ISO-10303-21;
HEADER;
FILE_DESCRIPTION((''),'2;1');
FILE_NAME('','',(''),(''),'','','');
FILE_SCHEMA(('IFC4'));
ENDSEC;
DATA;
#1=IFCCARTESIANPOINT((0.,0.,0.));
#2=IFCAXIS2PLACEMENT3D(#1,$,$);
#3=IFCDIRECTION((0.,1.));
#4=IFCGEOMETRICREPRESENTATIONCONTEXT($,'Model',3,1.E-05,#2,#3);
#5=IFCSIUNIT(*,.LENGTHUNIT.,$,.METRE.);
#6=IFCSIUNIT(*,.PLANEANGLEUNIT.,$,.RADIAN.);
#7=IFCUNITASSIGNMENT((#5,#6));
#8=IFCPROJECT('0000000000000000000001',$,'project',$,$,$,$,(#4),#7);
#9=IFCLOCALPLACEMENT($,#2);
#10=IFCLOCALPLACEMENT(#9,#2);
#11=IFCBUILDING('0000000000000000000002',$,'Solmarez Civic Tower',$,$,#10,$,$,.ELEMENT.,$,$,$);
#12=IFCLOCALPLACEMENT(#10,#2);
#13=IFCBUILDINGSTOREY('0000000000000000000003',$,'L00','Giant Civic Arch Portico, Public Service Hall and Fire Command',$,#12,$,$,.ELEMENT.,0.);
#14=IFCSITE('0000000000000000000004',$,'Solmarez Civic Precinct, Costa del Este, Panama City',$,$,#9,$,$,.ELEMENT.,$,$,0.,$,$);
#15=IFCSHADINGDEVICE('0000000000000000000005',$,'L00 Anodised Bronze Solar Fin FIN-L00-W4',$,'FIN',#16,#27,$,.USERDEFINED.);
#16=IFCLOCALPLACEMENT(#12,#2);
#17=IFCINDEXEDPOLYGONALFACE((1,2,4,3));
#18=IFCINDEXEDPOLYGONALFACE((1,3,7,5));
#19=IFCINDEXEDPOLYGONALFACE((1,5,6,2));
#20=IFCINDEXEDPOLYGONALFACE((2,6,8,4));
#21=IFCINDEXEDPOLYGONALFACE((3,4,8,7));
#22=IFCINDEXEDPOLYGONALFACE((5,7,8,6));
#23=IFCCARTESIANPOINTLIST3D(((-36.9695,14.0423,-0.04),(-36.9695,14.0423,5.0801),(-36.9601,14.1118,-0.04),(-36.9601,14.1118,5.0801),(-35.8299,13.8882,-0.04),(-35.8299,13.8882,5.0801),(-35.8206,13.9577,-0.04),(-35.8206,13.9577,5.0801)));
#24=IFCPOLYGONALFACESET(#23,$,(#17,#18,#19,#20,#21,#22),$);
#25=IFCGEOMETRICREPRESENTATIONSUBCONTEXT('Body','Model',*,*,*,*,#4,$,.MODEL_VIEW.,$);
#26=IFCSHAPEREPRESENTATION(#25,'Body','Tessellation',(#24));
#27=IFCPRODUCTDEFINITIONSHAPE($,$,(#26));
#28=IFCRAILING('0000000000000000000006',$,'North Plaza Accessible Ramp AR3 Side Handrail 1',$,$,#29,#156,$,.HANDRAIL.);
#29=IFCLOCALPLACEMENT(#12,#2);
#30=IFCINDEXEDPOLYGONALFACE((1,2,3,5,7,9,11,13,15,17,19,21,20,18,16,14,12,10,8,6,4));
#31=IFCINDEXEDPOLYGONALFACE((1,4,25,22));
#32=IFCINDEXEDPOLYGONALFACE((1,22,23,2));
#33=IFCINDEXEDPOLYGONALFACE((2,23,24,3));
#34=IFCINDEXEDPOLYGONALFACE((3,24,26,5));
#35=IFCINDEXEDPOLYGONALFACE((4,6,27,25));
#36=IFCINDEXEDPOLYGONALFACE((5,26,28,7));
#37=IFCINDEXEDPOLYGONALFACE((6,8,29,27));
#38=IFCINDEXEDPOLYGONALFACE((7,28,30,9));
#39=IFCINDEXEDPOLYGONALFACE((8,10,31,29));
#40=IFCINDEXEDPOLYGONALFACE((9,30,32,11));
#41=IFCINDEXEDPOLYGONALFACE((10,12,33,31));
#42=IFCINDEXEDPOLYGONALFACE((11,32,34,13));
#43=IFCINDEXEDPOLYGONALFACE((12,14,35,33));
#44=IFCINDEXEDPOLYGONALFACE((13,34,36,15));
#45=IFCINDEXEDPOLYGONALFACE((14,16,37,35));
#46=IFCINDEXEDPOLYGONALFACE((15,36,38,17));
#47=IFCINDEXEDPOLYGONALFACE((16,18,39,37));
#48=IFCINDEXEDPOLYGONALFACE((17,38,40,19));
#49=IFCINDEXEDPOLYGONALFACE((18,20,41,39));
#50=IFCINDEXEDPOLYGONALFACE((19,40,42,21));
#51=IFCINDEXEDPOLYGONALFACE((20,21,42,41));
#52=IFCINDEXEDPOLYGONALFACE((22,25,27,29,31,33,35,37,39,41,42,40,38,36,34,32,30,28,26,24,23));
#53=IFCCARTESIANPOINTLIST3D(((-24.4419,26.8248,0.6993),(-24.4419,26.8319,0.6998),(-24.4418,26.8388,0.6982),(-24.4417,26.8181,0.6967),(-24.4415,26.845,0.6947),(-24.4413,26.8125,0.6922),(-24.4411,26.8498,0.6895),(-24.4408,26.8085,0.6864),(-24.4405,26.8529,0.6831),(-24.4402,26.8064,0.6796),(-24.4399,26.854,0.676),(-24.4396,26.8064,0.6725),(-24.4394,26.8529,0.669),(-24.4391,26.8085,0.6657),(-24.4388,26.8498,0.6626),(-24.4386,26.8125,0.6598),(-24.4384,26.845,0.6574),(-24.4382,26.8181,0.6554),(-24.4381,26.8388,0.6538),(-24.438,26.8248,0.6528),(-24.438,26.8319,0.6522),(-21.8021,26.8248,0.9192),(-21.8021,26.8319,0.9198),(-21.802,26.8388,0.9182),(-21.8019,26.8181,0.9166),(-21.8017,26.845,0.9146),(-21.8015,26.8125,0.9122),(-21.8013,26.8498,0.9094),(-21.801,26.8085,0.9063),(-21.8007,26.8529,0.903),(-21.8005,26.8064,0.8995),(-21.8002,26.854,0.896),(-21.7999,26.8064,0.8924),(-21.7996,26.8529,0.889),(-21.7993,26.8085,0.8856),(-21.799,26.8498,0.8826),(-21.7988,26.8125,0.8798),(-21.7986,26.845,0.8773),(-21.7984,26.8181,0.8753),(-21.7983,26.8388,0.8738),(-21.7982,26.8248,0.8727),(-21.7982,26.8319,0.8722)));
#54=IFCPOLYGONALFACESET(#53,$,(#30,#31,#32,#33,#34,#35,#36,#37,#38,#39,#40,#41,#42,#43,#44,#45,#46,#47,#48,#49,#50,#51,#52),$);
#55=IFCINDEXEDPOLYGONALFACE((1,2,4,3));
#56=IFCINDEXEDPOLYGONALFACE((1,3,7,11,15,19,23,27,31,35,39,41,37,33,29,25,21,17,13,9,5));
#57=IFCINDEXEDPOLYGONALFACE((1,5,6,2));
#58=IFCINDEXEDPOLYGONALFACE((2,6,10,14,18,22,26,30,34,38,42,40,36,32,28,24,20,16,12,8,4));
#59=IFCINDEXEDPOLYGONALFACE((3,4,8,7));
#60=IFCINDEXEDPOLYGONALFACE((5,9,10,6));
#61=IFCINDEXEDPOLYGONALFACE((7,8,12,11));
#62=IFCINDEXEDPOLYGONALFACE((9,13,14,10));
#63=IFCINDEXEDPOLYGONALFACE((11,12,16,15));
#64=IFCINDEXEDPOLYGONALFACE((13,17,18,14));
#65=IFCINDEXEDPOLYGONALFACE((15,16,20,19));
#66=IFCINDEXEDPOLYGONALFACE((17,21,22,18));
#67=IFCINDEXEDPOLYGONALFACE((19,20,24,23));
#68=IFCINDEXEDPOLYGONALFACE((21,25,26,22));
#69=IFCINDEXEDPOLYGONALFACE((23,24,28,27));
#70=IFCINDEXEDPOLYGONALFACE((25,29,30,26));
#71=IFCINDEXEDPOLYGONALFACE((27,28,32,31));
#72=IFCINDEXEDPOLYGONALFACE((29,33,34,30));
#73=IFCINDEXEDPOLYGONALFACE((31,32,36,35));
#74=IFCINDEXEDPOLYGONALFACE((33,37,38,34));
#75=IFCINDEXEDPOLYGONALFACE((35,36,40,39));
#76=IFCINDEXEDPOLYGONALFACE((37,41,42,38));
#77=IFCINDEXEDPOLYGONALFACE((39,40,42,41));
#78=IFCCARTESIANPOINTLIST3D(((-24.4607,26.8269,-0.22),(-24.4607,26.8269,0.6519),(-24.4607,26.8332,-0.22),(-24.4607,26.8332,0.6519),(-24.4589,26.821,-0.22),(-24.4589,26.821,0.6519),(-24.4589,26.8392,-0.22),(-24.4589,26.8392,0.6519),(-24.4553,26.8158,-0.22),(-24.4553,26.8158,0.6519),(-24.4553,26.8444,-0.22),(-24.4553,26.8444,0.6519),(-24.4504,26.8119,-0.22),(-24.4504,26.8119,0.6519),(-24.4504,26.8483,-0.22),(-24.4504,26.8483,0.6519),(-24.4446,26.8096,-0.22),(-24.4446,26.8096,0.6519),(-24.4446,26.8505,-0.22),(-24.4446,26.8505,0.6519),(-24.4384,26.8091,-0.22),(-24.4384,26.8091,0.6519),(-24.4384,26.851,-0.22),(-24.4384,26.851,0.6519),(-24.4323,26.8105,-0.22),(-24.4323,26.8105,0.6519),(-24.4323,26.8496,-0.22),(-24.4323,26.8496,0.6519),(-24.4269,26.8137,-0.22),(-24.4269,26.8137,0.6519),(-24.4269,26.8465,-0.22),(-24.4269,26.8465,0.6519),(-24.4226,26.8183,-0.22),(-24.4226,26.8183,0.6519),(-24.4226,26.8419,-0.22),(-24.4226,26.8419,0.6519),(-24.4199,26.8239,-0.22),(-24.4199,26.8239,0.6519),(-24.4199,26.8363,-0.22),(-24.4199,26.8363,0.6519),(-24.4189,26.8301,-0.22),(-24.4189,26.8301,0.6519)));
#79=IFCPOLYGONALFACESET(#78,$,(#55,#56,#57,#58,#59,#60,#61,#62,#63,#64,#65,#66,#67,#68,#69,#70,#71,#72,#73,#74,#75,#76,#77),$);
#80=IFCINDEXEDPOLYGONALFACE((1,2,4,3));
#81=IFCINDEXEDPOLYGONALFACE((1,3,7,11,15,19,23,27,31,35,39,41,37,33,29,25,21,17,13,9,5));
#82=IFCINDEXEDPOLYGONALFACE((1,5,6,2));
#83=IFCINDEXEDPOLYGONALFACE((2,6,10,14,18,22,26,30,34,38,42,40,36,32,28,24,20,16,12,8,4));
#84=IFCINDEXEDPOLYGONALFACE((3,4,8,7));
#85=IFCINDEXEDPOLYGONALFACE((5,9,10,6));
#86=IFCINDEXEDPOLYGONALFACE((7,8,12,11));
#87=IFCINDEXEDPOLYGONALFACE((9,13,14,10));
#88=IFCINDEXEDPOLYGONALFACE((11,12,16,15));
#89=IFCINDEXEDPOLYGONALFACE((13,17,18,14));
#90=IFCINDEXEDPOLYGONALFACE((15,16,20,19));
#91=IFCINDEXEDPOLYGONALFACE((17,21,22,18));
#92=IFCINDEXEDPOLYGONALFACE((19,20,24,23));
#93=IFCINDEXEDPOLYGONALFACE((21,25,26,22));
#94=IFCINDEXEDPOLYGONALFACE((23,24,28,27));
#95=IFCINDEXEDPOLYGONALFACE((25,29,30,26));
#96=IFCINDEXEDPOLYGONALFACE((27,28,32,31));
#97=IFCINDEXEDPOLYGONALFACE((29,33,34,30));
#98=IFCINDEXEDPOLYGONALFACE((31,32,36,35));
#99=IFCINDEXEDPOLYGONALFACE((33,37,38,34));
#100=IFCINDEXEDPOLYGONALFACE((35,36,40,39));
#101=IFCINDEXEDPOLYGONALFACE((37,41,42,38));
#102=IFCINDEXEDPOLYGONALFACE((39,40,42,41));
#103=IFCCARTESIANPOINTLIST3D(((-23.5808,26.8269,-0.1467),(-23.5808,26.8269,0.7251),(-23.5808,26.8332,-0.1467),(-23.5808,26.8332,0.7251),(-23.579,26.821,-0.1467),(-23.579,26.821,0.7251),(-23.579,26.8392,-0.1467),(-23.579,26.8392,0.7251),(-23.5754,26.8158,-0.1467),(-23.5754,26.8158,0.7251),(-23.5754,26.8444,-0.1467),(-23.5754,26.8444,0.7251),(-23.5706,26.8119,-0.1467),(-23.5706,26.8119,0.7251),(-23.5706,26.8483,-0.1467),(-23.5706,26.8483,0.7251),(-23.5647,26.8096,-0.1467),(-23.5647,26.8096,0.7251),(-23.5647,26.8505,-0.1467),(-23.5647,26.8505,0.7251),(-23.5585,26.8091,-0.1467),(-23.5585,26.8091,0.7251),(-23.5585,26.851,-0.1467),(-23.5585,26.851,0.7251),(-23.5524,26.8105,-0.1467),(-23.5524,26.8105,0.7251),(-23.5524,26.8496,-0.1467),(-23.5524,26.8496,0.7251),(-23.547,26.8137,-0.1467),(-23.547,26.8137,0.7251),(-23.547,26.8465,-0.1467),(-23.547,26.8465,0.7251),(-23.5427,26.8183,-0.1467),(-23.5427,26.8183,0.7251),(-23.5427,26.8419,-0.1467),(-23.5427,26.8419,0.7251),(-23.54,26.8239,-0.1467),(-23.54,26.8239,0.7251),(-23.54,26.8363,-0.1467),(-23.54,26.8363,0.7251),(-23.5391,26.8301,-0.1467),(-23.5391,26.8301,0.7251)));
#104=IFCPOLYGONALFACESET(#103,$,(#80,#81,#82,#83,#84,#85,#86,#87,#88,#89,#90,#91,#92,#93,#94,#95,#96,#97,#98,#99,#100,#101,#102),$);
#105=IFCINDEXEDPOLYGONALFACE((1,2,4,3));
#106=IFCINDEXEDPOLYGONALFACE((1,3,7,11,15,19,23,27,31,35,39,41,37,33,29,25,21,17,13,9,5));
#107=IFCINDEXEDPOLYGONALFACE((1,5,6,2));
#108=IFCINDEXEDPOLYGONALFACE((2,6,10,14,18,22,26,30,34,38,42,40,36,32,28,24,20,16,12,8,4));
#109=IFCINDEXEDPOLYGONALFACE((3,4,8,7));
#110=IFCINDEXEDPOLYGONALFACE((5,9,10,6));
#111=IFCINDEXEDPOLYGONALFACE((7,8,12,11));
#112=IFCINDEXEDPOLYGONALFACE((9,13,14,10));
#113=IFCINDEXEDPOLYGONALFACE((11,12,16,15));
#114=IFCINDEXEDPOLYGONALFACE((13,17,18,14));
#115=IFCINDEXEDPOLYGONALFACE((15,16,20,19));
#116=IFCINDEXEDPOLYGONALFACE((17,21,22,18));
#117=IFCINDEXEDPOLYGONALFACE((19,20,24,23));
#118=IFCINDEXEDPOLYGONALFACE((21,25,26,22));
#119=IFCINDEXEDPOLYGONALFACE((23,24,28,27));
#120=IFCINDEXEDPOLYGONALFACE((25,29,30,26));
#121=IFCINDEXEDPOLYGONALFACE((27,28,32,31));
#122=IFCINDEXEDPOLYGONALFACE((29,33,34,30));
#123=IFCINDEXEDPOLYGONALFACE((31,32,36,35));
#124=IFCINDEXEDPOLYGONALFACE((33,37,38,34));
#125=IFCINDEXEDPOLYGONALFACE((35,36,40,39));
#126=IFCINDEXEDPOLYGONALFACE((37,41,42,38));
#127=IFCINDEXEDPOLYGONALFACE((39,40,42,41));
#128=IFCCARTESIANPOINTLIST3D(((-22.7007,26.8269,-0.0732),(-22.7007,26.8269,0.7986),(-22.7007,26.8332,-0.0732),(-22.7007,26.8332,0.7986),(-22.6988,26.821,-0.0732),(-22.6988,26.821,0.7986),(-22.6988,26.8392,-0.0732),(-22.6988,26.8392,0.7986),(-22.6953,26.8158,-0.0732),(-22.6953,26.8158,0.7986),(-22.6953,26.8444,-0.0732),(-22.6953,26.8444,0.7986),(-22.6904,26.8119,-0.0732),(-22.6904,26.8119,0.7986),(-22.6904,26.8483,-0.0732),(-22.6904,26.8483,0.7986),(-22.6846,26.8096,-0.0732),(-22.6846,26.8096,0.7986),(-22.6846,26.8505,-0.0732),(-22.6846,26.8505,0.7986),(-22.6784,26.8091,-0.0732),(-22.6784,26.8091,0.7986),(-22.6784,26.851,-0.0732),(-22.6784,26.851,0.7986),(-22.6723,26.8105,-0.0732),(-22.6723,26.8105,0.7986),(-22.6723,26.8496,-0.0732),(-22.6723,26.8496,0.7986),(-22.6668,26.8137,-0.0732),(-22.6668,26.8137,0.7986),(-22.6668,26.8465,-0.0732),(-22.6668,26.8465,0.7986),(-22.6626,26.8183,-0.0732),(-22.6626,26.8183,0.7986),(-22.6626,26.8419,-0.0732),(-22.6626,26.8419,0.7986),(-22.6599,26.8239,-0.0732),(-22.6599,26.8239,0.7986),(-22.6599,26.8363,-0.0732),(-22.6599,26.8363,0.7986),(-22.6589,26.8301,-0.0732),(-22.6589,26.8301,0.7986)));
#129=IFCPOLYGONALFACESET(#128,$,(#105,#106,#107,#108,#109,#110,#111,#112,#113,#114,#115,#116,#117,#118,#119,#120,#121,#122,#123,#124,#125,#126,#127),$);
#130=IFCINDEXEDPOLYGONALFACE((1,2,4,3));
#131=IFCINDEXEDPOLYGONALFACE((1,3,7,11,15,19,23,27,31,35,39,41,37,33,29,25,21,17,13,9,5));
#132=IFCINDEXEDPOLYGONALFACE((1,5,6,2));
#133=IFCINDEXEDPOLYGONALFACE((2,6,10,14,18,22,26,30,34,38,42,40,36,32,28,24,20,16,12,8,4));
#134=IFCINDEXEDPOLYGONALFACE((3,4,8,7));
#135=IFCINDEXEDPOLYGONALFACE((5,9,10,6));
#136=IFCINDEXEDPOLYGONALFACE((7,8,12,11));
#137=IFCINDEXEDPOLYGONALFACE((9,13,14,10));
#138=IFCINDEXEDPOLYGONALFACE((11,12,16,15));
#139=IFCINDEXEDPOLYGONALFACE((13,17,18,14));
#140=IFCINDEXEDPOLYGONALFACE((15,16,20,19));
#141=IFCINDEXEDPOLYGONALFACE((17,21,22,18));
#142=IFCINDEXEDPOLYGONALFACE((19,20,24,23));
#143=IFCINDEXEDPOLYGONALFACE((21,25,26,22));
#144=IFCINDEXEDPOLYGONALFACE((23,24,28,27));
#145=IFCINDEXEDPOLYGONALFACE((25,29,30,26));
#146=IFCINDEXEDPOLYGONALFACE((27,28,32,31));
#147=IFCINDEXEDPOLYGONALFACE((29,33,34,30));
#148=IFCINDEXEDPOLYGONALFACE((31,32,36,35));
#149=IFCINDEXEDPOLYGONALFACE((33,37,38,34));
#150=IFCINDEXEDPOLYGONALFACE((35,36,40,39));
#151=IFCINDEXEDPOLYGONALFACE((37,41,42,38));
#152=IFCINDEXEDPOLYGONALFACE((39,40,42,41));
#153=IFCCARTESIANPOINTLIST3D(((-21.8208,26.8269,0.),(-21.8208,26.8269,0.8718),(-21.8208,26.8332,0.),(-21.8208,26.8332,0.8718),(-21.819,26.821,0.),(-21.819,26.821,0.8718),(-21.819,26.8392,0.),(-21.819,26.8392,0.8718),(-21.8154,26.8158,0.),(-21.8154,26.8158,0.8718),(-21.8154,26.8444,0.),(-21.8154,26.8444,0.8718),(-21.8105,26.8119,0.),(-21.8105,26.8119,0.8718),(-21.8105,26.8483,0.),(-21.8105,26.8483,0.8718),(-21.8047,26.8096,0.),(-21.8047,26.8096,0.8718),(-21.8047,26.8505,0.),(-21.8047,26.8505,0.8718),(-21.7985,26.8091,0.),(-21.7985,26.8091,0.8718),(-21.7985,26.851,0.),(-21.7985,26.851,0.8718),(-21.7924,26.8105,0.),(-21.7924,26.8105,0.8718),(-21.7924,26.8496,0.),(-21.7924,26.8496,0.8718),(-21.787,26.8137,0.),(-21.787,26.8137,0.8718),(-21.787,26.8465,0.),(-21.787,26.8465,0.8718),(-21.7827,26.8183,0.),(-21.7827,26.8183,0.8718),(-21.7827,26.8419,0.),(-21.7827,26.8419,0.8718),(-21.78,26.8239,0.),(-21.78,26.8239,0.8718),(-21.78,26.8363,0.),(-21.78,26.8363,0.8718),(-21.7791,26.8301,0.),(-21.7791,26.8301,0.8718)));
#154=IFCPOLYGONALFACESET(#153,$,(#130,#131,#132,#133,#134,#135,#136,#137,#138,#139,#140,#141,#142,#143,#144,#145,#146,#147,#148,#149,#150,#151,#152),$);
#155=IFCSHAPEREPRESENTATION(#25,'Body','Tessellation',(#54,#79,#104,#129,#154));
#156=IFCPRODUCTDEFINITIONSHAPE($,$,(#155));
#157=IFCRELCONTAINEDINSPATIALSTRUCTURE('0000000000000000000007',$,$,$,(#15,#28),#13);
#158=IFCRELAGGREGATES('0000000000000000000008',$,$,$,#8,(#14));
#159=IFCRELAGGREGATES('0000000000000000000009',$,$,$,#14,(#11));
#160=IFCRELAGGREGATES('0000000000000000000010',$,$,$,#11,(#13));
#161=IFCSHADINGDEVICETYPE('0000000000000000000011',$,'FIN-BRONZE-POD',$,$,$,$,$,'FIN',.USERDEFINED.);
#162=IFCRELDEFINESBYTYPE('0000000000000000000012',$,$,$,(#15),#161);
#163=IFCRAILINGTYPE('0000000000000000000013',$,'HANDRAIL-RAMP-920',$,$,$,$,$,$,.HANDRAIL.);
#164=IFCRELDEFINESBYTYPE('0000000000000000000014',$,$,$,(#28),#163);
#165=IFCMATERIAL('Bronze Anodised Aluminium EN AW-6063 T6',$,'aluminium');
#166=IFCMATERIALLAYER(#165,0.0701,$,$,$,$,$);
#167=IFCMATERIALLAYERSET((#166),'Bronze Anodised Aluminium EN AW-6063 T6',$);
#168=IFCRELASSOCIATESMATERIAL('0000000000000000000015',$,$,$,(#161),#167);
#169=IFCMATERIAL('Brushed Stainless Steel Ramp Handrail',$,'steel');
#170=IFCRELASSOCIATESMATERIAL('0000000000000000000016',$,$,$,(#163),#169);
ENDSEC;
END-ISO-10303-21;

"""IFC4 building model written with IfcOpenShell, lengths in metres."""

from ifc_helpers import new_model, si_unit, direction, frame, origin, origin_2d, place, context, subcontext, project, spatial, rectangle, circle, extrude, material, layer, layer_set, type_object, element, save


model = new_model("IFC4")

# Units and contexts
model_context = context("Model", 3, precision=1e-05, world=origin(), true_north=direction((0.0, 1.0)))
body_context = subcontext(model_context, "Body", "Model", "MODEL_VIEW")
ifc_project = project(units=[si_unit("LENGTHUNIT", "METRE"), si_unit("PLANEANGLEUNIT", "RADIAN")], contexts=[model_context])

# Site, building, storey
site_placement = place(None, origin())
site = spatial("IfcSite", under=ifc_project, at=site_placement, Name="Solmarez Civic Precinct, Costa del Este, Panama City", CompositionType="ELEMENT", RefElevation=0.0)
building_placement = place(site_placement, origin())
building = spatial("IfcBuilding", under=site, at=building_placement, Name="Solmarez Civic Tower", CompositionType="ELEMENT")
storey_placement = place(building_placement, origin())
storey = spatial("IfcBuildingStorey", under=building, at=storey_placement, Name="L00", Description="Giant Civic Arch Portico, Public Service Hall and Fire Command", CompositionType="ELEMENT", Elevation=0.0)

# Shading device
ifc_material_1 = material(Name="Bronze Anodised Aluminium EN AW-6063 T6", Category="aluminium")
ifc_layer_1 = layer(ifc_material_1, 0.0701)
ifc_layer_set_1 = layer_set([ifc_layer_1], Name="Bronze Anodised Aluminium EN AW-6063 T6")
shading_device_type = type_object("IfcShadingDeviceType", Name="FIN-BRONZE-POD", ElementType="FIN", PredefinedType="USERDEFINED", material=ifc_layer_set_1)
shading_device_placement = place(storey_placement, frame((-36.395, 14.0, -0.04), z_axis=(0.0, 0.0, 1.0), x_axis=(-0.990983, 0.133986, 0.0)))
element("IfcShadingDevice", 1, at=shading_device_placement, inside=storey, type_object=shading_device_type, Name="L00 Anodised Bronze Solar Fin FIN-L00-W4", ObjectType="FIN", PredefinedType="USERDEFINED", context=body_context, shape_type="SweptSolid", body=[
    extrude(rectangle(XDim=1.1499, YDim=0.0701, at=origin_2d()), origin(), (0.0, 0.0, 1.0), 5.1201),
])

# Railing
ifc_material_2 = material(Name="Brushed Stainless Steel Ramp Handrail", Category="steel")
railing_type = type_object("IfcRailingType", Name="HANDRAIL-RAMP-920", PredefinedType="HANDRAIL", material=ifc_material_2)
for number, where, name in (
    (2, (-24.4399, 26.8301, -0.22), "North Plaza Accessible Ramp AR3 Side Handrail 1"),
):
    element("IfcRailing", number, at=place(storey_placement, frame(where)), inside=storey, type_object=railing_type, Name=name, PredefinedType="HANDRAIL", context=body_context, shape_type="SweptSolid", body=[
        extrude(circle(Radius=0.0239, at=origin_2d()), frame((0.0, 0.0, 0.896), z_axis=(0.996546, 0.0, 0.083038), x_axis=(0.0, 1.0, 0.0)), (0.0, 0.0, 1.0), 2.6489),
        extrude(circle(Radius=0.021, at=origin_2d()), origin(), (0.0, 0.0, 1.0), 0.8718),
        extrude(circle(Radius=0.021, at=origin_2d()), frame((0.8799, 0.0, 0.0732)), (0.0, 0.0, 1.0), 0.8718),
        extrude(circle(Radius=0.021, at=origin_2d()), frame((1.76, 0.0, 0.1467)), (0.0, 0.0, 1.0), 0.8718),
        extrude(circle(Radius=0.021, at=origin_2d()), frame((2.6399, 0.0, 0.22)), (0.0, 0.0, 1.0), 0.8718),
    ])

save(model, "model.ifc")
